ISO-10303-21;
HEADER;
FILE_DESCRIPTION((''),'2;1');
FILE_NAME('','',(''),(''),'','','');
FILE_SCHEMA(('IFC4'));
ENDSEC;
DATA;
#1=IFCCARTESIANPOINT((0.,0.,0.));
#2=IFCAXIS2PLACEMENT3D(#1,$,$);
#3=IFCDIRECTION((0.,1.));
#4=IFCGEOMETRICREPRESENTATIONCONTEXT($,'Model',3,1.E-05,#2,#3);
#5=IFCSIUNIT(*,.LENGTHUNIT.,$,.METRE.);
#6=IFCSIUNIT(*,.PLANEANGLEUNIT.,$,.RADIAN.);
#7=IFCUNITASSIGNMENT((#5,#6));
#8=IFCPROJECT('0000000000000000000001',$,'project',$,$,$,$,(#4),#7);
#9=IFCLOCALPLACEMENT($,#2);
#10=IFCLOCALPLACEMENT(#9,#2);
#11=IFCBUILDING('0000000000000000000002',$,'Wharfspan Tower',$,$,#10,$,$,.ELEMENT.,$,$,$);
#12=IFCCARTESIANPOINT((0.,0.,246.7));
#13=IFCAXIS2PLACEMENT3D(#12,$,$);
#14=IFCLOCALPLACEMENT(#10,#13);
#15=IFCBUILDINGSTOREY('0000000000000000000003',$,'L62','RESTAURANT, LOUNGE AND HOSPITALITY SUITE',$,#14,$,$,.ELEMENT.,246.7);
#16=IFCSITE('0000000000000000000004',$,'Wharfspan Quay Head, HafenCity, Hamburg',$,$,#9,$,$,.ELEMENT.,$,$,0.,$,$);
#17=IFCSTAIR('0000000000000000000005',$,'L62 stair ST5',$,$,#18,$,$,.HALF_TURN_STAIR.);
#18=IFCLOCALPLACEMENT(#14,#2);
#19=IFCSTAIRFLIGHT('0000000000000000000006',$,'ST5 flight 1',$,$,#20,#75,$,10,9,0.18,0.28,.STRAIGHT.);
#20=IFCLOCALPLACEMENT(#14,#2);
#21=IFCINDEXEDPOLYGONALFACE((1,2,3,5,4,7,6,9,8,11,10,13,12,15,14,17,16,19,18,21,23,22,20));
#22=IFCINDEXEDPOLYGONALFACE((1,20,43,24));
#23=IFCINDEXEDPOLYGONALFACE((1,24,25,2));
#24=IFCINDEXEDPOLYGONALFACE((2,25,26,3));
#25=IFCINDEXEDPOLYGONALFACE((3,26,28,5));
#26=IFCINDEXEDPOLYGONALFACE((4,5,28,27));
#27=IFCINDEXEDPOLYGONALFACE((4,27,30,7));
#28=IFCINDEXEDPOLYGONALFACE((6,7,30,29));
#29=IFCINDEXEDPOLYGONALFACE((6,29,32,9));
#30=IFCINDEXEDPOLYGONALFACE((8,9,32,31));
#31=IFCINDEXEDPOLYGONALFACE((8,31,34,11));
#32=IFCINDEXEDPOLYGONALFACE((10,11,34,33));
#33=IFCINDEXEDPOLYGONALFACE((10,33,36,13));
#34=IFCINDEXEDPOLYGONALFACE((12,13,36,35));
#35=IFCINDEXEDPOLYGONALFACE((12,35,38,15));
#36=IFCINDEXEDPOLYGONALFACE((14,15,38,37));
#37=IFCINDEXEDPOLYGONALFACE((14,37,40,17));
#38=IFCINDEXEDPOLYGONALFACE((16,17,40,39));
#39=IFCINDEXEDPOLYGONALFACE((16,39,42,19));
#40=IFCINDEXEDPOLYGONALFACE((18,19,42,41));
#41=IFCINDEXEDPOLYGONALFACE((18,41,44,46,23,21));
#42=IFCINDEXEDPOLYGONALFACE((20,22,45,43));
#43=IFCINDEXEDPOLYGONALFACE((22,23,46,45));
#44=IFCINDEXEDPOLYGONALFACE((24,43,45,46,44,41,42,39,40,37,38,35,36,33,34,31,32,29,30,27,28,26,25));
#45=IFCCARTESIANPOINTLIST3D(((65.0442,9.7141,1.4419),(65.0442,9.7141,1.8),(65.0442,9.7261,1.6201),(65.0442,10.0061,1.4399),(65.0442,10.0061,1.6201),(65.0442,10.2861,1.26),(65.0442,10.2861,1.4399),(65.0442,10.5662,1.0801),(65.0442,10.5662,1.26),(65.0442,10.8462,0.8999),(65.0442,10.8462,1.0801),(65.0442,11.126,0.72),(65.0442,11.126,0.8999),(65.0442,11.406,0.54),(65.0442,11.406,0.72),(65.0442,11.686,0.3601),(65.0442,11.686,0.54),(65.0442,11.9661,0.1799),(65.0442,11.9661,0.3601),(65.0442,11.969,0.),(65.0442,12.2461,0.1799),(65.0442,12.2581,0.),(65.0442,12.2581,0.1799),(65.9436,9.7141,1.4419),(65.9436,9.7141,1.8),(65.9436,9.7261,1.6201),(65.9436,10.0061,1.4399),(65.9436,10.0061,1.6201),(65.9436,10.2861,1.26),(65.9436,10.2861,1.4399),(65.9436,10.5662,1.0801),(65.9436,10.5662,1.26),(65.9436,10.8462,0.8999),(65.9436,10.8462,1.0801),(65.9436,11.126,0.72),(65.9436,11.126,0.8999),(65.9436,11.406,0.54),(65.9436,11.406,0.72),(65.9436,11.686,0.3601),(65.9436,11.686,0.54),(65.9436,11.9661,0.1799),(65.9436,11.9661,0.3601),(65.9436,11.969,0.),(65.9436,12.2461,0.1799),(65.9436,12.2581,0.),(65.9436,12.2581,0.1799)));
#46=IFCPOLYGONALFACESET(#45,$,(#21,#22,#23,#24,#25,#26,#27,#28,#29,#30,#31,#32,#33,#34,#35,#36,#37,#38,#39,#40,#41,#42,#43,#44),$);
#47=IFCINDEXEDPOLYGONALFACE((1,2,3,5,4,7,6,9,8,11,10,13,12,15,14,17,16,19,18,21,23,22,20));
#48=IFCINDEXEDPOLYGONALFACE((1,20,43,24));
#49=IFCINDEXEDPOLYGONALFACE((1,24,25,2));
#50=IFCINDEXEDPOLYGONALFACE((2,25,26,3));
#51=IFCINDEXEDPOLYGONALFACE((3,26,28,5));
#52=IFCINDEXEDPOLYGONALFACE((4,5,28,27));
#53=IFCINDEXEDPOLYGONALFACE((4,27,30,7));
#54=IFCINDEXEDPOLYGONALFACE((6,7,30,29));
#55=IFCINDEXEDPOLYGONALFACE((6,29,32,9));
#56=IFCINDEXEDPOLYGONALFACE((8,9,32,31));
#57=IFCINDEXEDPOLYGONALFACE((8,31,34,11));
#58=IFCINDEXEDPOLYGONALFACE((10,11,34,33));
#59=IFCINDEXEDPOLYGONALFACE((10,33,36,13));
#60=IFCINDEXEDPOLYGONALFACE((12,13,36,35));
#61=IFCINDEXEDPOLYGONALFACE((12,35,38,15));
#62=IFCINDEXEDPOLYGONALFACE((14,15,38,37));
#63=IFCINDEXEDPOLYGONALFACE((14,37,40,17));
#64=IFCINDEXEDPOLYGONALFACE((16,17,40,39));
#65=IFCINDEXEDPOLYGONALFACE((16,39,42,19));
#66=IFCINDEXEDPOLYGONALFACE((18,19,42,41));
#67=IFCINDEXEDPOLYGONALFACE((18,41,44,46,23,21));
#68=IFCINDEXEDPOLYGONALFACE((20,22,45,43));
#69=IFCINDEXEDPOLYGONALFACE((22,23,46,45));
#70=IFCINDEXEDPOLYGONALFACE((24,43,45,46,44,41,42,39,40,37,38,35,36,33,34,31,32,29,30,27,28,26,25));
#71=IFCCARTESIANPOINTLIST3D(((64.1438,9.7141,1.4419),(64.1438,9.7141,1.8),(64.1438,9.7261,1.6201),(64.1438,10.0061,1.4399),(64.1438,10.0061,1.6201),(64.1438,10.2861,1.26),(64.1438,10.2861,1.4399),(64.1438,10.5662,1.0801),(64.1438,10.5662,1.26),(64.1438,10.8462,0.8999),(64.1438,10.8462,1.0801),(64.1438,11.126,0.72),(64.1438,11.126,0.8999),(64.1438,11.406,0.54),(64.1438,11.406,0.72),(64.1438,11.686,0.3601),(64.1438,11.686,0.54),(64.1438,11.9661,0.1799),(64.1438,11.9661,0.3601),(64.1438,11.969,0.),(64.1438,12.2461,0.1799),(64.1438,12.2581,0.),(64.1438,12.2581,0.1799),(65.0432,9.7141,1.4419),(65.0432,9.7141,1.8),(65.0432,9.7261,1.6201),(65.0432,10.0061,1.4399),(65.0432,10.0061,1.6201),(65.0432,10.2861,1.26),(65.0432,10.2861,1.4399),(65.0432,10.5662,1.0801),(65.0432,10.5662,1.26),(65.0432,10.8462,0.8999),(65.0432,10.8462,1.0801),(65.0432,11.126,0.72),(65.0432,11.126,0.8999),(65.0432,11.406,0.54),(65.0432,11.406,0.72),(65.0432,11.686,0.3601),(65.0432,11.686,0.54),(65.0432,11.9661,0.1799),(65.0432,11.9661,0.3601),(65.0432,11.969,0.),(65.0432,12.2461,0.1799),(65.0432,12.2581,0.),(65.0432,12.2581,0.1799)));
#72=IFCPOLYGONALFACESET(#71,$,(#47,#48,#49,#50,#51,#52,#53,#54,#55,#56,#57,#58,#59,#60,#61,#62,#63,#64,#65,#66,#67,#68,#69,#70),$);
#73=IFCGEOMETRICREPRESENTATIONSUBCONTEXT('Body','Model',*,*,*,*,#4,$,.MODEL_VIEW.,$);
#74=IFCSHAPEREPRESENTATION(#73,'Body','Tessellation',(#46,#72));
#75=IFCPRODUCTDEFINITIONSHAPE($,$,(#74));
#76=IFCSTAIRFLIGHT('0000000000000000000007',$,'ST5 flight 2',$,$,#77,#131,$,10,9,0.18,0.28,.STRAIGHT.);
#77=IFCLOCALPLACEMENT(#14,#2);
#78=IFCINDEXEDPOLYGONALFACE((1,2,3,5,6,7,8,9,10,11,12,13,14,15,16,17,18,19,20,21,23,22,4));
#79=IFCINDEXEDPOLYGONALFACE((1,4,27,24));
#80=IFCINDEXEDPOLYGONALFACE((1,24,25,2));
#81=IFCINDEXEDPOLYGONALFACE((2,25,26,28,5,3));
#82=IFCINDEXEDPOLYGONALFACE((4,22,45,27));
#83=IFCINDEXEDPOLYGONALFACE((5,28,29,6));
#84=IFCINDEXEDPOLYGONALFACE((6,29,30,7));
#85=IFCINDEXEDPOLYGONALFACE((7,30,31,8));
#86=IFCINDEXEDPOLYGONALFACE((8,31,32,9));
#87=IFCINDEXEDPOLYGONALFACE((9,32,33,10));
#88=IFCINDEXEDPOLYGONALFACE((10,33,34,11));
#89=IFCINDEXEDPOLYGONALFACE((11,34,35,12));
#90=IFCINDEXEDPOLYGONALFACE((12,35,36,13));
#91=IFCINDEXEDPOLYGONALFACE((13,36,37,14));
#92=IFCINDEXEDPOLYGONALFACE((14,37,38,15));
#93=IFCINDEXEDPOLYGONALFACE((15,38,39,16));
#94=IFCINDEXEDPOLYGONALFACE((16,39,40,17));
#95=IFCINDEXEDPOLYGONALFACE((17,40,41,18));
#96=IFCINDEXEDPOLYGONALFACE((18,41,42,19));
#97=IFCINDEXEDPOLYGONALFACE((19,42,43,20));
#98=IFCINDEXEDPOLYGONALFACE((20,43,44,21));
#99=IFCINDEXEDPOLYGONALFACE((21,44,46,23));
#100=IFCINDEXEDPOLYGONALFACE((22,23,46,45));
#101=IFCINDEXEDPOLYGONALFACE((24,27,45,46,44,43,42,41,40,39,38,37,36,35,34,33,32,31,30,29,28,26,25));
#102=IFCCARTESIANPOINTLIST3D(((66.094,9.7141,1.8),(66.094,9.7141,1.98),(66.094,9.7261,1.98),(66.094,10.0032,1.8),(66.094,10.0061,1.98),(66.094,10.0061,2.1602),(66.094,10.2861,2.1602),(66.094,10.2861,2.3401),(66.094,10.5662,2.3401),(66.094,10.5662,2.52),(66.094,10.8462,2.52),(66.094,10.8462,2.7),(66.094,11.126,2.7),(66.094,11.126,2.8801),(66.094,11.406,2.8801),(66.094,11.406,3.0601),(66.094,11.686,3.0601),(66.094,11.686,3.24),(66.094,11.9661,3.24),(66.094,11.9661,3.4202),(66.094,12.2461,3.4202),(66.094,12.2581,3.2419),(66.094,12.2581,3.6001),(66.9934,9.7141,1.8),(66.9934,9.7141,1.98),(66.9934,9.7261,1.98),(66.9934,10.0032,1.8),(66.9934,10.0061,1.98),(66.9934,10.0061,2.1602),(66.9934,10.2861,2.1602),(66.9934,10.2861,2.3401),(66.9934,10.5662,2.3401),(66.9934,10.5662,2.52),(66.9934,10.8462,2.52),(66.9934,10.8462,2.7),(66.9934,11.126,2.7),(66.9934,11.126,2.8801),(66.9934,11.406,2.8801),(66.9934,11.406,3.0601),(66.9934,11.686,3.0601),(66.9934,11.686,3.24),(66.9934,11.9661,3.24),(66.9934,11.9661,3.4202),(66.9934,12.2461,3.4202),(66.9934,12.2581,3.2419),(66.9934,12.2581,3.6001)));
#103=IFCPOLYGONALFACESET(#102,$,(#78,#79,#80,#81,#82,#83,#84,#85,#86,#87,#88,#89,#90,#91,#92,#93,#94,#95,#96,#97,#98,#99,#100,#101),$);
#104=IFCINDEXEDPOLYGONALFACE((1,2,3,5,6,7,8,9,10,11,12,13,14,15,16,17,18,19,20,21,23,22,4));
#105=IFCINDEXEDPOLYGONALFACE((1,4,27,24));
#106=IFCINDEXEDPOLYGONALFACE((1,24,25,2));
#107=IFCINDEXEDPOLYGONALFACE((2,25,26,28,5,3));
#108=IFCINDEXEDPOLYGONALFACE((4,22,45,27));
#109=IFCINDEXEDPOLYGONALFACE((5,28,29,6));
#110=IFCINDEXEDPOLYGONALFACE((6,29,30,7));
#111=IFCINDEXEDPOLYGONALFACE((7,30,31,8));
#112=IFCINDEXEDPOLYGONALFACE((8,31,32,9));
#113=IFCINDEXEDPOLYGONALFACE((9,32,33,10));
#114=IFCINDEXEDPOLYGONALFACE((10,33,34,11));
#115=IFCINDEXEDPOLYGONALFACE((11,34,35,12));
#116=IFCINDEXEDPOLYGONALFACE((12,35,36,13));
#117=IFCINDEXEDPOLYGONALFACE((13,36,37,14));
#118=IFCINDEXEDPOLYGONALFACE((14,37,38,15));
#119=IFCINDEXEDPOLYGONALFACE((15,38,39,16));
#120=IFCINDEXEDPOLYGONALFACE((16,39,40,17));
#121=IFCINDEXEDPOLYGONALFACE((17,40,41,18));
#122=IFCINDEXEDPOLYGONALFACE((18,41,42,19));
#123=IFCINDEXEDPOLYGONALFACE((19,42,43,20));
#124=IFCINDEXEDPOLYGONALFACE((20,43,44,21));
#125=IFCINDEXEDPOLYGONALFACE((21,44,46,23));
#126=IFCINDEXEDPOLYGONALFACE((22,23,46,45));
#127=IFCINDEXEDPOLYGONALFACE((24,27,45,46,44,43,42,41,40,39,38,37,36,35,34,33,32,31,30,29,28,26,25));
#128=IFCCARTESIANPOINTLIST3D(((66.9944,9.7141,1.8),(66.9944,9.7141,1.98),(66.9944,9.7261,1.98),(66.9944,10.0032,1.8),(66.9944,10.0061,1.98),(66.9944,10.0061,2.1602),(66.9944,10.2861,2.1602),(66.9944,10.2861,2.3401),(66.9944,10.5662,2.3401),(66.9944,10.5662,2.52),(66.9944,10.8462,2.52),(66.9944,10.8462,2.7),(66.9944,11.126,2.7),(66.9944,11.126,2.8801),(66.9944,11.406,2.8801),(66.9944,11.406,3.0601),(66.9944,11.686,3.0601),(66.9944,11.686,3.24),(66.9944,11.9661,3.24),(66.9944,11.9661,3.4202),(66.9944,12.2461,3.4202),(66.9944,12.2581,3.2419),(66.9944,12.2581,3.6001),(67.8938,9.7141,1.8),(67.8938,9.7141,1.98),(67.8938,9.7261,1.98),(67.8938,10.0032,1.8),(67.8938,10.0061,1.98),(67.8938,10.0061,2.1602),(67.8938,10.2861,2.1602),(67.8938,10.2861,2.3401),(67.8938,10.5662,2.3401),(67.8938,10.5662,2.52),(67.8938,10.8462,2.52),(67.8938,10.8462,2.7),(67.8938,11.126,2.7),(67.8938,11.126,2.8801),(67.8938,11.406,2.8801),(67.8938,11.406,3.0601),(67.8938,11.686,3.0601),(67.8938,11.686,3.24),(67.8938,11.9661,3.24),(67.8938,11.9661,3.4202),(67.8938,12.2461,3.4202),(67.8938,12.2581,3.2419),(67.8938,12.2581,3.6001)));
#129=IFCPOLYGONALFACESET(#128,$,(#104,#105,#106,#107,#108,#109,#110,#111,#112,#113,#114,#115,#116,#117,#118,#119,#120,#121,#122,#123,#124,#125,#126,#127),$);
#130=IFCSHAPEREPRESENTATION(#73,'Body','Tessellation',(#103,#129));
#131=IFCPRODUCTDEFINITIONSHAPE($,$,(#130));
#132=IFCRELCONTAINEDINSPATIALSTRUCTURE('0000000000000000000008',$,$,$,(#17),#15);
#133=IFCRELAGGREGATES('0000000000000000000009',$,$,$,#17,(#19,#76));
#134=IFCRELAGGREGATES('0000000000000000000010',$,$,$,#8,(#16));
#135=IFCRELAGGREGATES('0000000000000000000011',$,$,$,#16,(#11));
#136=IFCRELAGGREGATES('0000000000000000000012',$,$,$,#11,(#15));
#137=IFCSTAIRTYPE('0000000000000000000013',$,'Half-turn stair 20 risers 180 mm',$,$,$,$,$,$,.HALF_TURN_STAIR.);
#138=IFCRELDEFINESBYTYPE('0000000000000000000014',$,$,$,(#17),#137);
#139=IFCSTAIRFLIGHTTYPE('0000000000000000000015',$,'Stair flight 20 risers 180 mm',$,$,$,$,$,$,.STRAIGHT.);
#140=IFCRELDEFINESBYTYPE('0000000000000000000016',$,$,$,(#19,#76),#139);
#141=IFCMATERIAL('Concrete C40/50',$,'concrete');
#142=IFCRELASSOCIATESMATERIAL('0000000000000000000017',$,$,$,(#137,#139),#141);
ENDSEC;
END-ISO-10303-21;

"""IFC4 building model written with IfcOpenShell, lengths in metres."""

from ifc_helpers import new_model, si_unit, direction, frame, origin, place, context, subcontext, project, spatial, polyline, outline, extrude, material, type_object, element, aggregate, save


model = new_model("IFC4")

# Units and contexts
model_context = context("Model", 3, precision=1e-05, world=origin(), true_north=direction((0.0, 1.0)))
body_context = subcontext(model_context, "Body", "Model", "MODEL_VIEW")
ifc_project = project(units=[si_unit("LENGTHUNIT", "METRE"), si_unit("PLANEANGLEUNIT", "RADIAN")], contexts=[model_context])

# Site, building, storey
site_placement = place(None, origin())
site = spatial("IfcSite", under=ifc_project, at=site_placement, Name="Wharfspan Quay Head, HafenCity, Hamburg", CompositionType="ELEMENT", RefElevation=0.0)
building_placement = place(site_placement, origin())
building = spatial("IfcBuilding", under=site, at=building_placement, Name="Wharfspan Tower", CompositionType="ELEMENT")
storey_placement = place(building_placement, frame((0.0, 0.0, 246.7)))
storey = spatial("IfcBuildingStorey", under=building, at=storey_placement, Name="L62", Description="RESTAURANT, LOUNGE AND HOSPITALITY SUITE", CompositionType="ELEMENT", Elevation=246.7)

# Shared definitions
ifc_material_1 = material(Name="Concrete C40/50", Category="concrete")

# Stair, stair flights
stair_type = type_object("IfcStairType", Name="Half-turn stair 20 risers 180 mm", PredefinedType="HALF_TURN_STAIR", material=ifc_material_1)
stair_placement = place(storey_placement, origin())
stair = element("IfcStair", 1, at=stair_placement, inside=storey, type_object=stair_type, Name="L62 stair ST5", PredefinedType="HALF_TURN_STAIR")
stair_flight_type = type_object("IfcStairFlightType", Name="Stair flight 20 risers 180 mm", PredefinedType="STRAIGHT", material=ifc_material_1)
stair_flight_1_placement = place(storey_placement, frame((65.0437, 12.2461, 0.0), z_axis=(0.0, 0.0, 1.0), x_axis=(0.0, -1.0, 0.0)))
stair_flight_1 = element("IfcStairFlight", 2, at=stair_flight_1_placement, type_object=stair_flight_type, Name="ST5 flight 1", NumberOfRisers=10, NumberOfTreads=9, PredefinedType="STRAIGHT", RiserHeight=0.18, TreadLength=0.28, context=body_context, shape_type="SweptSolid", body=[
    extrude(outline(polyline([(-0.012, 0.0), (-0.012, 0.1799), (0.0, 0.1799), (0.28, 0.1799), (0.28, 0.3601), (0.5601, 0.3601), (0.5601, 0.54), (0.8401, 0.54), (0.8401, 0.72), (1.1201, 0.72), (1.1201, 0.8999), (1.3999, 0.8999), (1.3999, 1.0801), (1.6799, 1.0801), (1.6799, 1.26), (1.96, 1.26), (1.96, 1.4399), (2.24, 1.4399), (2.24, 1.6201), (2.52, 1.6201), (2.532, 1.8), (2.532, 1.4419), (0.2771, 0.0), (-0.012, 0.0)])), frame((0.0, 0.8999, 0.0), z_axis=(0.0, -1.0, 0.0), x_axis=(1.0, 0.0, 0.0)), (0.0, 0.0, 1.0), 0.8994),
    extrude(outline(polyline([(-0.012, 0.0), (-0.012, 0.1799), (0.0, 0.1799), (0.28, 0.1799), (0.28, 0.3601), (0.5601, 0.3601), (0.5601, 0.54), (0.8401, 0.54), (0.8401, 0.72), (1.1201, 0.72), (1.1201, 0.8999), (1.3999, 0.8999), (1.3999, 1.0801), (1.6799, 1.0801), (1.6799, 1.26), (1.96, 1.26), (1.96, 1.4399), (2.24, 1.4399), (2.24, 1.6201), (2.52, 1.6201), (2.532, 1.8), (2.532, 1.4419), (0.2771, 0.0), (-0.012, 0.0)])), frame((0.0, -0.0005, 0.0), z_axis=(0.0, -1.0, 0.0), x_axis=(1.0, 0.0, 0.0)), (0.0, 0.0, 1.0), 0.8994),
])
stair_flight_2_placement = place(storey_placement, frame((66.9939, 9.7261, 1.8), z_axis=(0.0, 0.0, 1.0), x_axis=(0.0, 1.0, 0.0)))
stair_flight_2 = element("IfcStairFlight", 3, at=stair_flight_2_placement, type_object=stair_flight_type, Name="ST5 flight 2", NumberOfRisers=10, NumberOfTreads=9, PredefinedType="STRAIGHT", RiserHeight=0.18, TreadLength=0.28, context=body_context, shape_type="SweptSolid", body=[
    extrude(outline(polyline([(-0.012, 0.0), (-0.012, 0.1799), (0.0, 0.1799), (0.28, 0.1799), (0.28, 0.3601), (0.5601, 0.3601), (0.5601, 0.54), (0.8401, 0.54), (0.8401, 0.72), (1.1201, 0.72), (1.1201, 0.8999), (1.3999, 0.8999), (1.3999, 1.0801), (1.6799, 1.0801), (1.6799, 1.26), (1.96, 1.26), (1.96, 1.4399), (2.24, 1.4399), (2.24, 1.6201), (2.52, 1.6201), (2.532, 1.8), (2.532, 1.4419), (0.2771, 0.0), (-0.012, 0.0)])), frame((0.0, 0.8999, 0.0), z_axis=(0.0, -1.0, 0.0), x_axis=(1.0, 0.0, 0.0)), (0.0, 0.0, 1.0), 0.8994),
    extrude(outline(polyline([(-0.012, 0.0), (-0.012, 0.1799), (0.0, 0.1799), (0.28, 0.1799), (0.28, 0.3601), (0.5601, 0.3601), (0.5601, 0.54), (0.8401, 0.54), (0.8401, 0.72), (1.1201, 0.72), (1.1201, 0.8999), (1.3999, 0.8999), (1.3999, 1.0801), (1.6799, 1.0801), (1.6799, 1.26), (1.96, 1.26), (1.96, 1.4399), (2.24, 1.4399), (2.24, 1.6201), (2.52, 1.6201), (2.532, 1.8), (2.532, 1.4419), (0.2771, 0.0), (-0.012, 0.0)])), frame((0.0, -0.0005, 0.0), z_axis=(0.0, -1.0, 0.0), x_axis=(1.0, 0.0, 0.0)), (0.0, 0.0, 1.0), 0.8994),
])
aggregate(stair, [stair_flight_1, stair_flight_2])

save(model, "model.ifc")
